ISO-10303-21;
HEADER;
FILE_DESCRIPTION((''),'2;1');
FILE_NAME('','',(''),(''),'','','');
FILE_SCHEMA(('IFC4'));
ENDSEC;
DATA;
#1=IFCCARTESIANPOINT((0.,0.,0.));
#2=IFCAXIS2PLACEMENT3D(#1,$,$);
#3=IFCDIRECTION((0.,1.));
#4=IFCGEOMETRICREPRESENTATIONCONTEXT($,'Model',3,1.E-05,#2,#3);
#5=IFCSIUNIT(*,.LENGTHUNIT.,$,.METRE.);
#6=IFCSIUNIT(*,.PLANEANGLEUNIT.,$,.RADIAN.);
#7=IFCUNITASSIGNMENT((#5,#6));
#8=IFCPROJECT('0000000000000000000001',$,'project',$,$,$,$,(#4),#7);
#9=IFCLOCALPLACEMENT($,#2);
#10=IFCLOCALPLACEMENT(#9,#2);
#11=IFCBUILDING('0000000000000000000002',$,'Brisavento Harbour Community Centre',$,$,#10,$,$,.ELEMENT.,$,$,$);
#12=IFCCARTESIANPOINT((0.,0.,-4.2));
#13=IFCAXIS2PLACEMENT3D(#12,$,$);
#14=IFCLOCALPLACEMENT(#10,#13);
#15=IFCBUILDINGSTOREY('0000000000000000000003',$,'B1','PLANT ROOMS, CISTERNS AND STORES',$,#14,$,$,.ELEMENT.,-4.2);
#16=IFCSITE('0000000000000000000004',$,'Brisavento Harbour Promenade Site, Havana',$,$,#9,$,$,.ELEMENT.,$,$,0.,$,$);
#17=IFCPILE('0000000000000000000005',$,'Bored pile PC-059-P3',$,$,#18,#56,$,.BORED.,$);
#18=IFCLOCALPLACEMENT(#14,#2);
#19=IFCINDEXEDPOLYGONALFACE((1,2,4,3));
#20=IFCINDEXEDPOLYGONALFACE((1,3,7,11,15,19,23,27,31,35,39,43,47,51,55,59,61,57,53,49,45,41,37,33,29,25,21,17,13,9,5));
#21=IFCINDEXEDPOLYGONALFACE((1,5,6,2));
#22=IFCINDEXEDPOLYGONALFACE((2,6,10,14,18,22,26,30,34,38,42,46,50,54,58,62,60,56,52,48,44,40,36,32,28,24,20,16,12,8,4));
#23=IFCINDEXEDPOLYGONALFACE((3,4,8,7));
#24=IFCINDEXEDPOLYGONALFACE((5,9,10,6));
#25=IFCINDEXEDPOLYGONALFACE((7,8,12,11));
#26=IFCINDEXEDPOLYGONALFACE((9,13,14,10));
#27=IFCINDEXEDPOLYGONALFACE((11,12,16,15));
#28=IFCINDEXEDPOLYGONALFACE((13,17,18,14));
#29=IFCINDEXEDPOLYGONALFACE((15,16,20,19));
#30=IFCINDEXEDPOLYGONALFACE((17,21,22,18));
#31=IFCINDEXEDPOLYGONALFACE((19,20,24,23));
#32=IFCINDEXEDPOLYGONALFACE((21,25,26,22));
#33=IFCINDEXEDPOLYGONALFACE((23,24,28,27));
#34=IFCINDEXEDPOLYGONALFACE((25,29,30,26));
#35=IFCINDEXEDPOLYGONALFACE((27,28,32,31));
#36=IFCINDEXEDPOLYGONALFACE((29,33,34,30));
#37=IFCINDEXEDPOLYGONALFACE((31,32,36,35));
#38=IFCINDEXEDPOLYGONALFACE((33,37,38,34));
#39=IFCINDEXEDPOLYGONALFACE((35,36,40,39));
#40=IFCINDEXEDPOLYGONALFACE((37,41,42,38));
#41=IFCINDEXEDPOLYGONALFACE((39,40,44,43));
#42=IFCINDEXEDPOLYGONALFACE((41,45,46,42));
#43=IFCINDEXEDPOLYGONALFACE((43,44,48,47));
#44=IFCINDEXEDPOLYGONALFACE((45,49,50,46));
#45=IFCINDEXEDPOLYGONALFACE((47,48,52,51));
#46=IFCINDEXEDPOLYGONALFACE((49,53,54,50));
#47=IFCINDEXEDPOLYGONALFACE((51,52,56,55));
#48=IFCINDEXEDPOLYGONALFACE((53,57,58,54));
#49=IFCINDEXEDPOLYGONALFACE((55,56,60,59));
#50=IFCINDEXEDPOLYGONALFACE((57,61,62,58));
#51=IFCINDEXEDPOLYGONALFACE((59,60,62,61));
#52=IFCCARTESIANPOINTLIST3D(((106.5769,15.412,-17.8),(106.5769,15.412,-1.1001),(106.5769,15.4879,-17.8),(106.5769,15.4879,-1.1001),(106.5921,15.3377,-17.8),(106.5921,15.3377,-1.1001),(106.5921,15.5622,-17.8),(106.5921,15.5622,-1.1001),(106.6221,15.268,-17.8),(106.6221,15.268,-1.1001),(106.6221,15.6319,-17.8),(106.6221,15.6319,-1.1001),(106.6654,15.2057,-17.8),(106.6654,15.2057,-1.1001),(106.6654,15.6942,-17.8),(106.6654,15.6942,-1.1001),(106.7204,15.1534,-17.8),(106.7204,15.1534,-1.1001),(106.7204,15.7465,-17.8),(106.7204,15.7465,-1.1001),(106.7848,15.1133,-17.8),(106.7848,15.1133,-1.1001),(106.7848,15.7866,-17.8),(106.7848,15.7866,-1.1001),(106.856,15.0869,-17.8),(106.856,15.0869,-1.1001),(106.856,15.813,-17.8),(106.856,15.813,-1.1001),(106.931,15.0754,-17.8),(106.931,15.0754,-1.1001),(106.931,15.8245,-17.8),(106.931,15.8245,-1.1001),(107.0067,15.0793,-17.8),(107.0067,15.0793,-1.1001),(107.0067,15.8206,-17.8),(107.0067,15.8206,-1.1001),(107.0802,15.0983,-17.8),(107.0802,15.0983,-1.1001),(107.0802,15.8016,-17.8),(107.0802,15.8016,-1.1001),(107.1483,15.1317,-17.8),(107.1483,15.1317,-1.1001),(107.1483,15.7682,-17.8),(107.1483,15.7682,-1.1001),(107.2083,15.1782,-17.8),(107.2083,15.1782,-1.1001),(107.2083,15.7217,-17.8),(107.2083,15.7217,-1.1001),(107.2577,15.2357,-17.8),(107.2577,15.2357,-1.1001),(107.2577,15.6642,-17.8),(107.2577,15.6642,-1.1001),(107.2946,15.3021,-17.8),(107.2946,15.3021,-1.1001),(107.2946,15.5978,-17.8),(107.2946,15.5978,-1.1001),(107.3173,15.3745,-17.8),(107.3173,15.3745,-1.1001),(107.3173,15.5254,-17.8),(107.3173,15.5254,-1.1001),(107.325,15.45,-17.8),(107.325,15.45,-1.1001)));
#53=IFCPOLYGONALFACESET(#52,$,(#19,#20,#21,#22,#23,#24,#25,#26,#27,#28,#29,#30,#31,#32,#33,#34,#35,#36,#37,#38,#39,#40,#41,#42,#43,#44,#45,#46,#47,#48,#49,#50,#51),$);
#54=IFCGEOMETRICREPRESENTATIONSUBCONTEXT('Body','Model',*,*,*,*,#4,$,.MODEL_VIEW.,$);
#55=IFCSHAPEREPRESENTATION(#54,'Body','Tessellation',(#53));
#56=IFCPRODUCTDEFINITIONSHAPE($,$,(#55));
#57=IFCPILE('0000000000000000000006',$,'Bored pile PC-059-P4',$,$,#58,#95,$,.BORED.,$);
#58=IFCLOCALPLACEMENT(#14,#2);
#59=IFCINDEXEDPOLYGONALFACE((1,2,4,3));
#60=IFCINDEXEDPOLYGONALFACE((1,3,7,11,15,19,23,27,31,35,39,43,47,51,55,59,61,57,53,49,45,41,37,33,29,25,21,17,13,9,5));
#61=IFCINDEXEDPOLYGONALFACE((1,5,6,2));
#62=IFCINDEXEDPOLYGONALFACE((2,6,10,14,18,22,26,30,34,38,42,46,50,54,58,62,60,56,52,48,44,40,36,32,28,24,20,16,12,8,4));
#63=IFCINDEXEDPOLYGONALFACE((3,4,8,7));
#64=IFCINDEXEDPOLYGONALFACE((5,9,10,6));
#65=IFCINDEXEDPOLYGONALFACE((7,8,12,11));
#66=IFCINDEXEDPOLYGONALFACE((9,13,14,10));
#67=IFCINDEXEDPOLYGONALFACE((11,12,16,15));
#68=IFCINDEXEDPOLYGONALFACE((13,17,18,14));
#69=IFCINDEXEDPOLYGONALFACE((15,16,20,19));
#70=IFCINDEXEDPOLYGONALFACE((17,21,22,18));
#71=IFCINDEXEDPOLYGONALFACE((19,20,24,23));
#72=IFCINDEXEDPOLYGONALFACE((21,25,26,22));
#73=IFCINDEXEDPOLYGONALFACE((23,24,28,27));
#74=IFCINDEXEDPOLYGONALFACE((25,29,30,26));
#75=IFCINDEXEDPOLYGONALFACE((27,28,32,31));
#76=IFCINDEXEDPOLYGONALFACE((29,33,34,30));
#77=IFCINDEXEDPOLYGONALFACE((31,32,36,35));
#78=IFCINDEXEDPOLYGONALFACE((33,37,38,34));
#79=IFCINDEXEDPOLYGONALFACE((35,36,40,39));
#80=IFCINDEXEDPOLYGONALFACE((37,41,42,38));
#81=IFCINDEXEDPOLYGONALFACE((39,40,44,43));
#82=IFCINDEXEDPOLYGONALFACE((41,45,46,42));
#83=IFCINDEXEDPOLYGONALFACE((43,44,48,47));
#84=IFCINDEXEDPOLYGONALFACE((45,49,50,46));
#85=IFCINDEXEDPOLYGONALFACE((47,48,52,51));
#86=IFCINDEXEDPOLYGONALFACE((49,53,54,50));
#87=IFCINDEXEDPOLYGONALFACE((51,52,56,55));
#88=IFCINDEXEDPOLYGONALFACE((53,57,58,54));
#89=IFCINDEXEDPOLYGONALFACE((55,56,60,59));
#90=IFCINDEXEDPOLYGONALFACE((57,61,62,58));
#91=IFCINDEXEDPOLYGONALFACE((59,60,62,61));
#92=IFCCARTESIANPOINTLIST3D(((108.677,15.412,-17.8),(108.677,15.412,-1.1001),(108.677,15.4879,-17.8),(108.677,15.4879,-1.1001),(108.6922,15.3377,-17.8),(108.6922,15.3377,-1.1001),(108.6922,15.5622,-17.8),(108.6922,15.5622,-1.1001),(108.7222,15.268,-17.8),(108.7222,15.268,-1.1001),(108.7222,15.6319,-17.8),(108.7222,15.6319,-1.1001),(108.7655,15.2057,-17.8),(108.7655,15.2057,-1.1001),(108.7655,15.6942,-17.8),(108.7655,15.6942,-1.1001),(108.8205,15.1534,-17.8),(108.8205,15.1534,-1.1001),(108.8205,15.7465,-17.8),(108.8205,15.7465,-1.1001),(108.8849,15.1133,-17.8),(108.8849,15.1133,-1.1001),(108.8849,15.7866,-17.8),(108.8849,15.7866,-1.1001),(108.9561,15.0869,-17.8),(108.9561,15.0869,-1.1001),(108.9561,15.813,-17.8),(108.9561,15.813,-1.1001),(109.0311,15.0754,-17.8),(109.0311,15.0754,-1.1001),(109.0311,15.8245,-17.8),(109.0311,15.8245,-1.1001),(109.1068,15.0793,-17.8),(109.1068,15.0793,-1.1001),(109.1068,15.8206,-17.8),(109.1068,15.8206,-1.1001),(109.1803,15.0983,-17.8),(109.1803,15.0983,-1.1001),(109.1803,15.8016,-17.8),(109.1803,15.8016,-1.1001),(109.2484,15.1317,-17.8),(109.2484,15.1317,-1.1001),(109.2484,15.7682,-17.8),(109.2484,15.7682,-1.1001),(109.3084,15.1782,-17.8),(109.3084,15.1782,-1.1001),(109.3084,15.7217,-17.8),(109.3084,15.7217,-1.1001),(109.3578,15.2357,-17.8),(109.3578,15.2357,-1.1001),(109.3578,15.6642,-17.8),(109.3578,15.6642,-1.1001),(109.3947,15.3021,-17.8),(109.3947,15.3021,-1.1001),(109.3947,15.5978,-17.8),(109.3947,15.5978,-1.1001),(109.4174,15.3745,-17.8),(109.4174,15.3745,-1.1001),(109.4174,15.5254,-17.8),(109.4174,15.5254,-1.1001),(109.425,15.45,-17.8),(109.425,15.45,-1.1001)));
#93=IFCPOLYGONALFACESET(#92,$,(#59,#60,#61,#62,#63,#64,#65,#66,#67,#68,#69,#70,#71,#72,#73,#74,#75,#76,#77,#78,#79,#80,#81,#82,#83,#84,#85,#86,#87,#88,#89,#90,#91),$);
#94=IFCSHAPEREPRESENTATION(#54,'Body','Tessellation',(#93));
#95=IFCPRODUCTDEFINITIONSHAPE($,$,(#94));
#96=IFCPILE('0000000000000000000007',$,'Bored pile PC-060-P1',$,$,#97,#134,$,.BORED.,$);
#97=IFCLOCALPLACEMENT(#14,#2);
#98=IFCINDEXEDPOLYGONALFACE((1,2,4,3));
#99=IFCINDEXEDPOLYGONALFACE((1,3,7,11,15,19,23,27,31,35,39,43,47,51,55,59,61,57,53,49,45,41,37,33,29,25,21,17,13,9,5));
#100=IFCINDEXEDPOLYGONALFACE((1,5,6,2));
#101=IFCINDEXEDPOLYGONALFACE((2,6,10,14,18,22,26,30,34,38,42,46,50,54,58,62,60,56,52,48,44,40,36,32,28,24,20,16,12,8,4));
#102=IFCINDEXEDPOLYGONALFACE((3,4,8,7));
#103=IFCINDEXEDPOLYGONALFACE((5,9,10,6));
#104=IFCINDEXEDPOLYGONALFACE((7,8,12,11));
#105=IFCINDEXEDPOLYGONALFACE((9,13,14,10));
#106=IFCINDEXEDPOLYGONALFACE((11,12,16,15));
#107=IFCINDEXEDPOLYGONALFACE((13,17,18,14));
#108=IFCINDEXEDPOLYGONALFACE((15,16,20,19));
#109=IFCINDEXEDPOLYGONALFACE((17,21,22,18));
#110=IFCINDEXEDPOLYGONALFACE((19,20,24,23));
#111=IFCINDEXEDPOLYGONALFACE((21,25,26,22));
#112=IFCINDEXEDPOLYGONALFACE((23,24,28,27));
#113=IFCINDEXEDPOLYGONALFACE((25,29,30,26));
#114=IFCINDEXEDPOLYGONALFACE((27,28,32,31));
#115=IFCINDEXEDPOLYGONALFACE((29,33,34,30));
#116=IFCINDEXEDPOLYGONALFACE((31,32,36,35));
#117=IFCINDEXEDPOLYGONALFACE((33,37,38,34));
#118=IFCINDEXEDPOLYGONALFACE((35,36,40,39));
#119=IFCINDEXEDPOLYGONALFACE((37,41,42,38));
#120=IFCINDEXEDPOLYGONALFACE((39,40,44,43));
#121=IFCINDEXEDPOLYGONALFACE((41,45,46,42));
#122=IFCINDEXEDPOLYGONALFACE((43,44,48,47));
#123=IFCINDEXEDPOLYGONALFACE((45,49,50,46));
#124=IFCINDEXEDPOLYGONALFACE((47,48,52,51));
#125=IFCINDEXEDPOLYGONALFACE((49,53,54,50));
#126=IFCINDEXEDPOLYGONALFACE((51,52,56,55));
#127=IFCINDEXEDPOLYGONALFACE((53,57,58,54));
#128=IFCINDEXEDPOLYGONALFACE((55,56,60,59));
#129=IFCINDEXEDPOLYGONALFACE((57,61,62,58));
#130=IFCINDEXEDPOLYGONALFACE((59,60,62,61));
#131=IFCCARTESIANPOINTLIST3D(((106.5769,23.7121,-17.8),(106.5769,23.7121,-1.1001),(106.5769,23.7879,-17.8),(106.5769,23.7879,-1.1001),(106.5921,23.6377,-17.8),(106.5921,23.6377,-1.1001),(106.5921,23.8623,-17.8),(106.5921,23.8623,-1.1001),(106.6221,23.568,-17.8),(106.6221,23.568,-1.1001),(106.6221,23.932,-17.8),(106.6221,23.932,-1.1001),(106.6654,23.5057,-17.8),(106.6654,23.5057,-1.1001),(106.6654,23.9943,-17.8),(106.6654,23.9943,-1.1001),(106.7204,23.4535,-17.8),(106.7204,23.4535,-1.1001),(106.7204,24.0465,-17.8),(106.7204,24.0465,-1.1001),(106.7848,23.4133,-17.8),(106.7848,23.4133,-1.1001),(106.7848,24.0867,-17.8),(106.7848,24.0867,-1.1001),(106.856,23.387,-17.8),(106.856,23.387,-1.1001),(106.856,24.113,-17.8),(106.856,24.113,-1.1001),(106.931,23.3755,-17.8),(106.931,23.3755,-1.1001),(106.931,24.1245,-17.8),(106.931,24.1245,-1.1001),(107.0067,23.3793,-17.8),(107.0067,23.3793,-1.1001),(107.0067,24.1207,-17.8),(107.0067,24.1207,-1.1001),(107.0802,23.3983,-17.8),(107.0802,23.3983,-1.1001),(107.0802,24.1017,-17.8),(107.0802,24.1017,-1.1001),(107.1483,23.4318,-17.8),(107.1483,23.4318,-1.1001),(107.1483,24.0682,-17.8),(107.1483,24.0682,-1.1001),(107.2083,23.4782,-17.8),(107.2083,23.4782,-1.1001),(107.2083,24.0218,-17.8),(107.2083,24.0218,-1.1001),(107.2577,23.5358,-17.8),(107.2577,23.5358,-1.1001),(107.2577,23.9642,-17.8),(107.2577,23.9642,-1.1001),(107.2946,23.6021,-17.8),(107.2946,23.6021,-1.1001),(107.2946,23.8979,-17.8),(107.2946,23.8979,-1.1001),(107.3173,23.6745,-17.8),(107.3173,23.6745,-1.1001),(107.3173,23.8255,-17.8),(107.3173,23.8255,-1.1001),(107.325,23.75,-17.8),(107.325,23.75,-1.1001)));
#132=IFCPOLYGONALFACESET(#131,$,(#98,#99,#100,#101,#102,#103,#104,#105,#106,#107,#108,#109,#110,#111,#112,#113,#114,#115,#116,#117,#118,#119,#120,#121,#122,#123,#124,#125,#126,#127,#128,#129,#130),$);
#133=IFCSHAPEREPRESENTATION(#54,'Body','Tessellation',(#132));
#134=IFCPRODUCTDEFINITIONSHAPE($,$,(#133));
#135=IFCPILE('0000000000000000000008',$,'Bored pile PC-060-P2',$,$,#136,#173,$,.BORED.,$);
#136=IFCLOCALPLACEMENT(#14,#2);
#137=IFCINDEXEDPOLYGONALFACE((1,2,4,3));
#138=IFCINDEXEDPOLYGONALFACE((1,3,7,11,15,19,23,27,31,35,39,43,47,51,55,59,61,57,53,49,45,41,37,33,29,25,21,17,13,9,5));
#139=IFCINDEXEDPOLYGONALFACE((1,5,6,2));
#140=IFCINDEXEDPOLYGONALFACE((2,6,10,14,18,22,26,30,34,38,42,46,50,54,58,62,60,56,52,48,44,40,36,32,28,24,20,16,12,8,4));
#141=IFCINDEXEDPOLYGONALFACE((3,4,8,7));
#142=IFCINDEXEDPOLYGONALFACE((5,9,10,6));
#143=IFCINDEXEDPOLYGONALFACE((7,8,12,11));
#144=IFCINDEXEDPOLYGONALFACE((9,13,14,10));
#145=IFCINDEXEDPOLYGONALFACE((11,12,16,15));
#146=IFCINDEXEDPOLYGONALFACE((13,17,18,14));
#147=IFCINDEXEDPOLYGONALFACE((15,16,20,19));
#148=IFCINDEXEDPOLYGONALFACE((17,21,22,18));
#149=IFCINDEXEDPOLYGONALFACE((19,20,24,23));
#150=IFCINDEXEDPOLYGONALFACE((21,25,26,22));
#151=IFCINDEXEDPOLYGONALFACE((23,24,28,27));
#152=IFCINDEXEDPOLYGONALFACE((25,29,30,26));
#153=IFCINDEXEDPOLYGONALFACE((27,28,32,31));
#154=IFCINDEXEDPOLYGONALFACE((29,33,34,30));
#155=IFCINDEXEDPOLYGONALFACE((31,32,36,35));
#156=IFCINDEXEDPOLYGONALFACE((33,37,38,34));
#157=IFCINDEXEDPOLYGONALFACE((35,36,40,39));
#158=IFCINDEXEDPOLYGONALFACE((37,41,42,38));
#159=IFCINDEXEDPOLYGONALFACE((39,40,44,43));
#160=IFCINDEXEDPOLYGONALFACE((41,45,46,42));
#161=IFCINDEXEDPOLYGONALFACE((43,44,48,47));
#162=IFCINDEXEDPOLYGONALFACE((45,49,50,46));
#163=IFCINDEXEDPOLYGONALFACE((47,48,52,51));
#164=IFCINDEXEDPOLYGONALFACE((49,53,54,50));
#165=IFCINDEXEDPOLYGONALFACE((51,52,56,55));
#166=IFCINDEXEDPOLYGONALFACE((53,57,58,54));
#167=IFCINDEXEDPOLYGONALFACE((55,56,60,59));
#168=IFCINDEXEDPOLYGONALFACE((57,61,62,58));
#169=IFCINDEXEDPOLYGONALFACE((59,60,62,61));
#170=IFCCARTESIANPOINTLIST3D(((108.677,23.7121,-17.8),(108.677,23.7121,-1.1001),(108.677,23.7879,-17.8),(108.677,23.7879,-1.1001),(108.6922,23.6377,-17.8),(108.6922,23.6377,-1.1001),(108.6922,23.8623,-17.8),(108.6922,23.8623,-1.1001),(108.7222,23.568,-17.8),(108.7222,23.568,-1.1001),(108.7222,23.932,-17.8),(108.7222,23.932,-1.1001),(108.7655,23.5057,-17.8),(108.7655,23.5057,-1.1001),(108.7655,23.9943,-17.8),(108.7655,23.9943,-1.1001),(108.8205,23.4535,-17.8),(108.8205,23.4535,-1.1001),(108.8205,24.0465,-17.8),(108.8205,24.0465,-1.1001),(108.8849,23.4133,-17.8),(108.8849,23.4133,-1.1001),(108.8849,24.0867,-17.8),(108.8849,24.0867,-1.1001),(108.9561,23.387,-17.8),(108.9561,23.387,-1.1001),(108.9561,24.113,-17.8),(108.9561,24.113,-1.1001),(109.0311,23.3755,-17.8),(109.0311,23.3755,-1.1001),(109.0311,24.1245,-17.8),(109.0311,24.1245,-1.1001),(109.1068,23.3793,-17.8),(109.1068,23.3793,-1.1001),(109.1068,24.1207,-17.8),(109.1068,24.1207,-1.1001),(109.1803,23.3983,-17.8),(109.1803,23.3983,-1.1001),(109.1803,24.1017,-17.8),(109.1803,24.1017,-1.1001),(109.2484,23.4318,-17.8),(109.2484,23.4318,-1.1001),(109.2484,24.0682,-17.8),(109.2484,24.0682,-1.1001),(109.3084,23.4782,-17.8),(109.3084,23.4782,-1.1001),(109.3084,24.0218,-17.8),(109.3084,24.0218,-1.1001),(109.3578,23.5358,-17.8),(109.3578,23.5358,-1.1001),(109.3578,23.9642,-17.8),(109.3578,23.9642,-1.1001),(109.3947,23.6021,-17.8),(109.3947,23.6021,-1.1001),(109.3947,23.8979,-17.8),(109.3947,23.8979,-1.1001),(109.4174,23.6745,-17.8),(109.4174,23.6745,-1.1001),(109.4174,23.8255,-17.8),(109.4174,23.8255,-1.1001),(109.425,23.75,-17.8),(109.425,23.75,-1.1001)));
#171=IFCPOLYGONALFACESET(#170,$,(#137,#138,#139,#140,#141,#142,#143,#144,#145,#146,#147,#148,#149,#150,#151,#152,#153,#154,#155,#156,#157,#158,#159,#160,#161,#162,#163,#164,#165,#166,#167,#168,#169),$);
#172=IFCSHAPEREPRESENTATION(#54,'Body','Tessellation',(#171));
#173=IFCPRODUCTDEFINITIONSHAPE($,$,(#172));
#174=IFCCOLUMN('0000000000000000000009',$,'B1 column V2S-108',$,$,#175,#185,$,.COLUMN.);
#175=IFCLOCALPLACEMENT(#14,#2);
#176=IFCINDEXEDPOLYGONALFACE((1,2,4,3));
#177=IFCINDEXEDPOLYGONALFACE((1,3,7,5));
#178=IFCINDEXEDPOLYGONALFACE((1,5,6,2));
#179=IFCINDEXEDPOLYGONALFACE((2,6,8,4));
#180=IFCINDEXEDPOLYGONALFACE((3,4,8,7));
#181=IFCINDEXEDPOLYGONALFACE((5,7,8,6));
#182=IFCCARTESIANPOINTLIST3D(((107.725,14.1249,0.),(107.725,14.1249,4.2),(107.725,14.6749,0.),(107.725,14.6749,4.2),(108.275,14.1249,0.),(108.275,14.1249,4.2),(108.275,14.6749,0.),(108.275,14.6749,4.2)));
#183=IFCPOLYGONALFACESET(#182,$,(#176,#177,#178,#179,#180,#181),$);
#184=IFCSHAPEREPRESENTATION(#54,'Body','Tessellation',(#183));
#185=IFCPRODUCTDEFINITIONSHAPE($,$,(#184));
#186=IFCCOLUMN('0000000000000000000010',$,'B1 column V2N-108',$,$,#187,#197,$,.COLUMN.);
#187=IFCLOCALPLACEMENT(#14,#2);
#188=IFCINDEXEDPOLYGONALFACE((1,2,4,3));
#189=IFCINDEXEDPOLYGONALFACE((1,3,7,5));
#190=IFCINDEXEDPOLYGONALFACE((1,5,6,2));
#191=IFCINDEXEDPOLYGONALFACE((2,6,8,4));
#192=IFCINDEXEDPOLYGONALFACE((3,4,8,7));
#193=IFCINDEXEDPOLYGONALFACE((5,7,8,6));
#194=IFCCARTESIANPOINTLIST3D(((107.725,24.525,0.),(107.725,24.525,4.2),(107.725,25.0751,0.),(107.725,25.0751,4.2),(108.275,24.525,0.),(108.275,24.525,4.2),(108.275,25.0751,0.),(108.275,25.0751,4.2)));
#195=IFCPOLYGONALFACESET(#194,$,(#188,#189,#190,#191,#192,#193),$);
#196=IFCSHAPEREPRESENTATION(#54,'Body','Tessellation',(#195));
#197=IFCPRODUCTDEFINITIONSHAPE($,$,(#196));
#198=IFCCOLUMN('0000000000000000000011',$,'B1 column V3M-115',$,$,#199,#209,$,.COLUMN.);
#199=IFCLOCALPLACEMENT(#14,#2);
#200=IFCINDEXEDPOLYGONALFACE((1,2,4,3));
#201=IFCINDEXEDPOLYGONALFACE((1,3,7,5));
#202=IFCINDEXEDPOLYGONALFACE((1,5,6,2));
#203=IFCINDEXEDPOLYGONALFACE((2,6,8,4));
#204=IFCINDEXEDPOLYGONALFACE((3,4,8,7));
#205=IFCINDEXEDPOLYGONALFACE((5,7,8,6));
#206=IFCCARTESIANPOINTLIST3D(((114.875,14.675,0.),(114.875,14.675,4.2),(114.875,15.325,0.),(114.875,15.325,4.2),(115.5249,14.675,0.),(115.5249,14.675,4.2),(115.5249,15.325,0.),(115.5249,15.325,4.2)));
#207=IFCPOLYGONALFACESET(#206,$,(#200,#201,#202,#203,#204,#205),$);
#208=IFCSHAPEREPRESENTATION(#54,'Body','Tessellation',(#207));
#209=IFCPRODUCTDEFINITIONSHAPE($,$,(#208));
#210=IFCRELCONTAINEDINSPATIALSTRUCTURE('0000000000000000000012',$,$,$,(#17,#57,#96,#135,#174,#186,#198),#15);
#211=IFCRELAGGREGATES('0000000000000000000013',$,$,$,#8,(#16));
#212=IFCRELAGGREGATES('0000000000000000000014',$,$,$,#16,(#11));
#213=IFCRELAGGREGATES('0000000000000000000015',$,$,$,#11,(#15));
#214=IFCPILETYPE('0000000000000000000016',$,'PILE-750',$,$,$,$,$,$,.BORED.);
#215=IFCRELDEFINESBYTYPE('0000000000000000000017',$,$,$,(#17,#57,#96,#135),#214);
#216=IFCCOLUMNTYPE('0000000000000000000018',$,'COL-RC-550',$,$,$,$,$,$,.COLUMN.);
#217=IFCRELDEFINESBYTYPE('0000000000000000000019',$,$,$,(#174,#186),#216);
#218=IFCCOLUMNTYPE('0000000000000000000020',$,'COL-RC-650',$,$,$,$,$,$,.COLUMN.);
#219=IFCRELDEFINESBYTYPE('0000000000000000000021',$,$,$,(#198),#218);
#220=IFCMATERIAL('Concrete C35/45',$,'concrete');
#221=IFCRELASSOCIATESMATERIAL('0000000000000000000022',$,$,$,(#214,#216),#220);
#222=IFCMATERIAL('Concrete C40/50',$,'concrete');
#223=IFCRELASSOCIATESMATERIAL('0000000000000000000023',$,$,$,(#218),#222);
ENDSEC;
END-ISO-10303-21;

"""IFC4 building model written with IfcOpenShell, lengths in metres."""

from ifc_helpers import new_model, si_unit, direction, frame, origin, origin_2d, place, context, subcontext, project, spatial, rectangle, circle, extrude, material, material_profile, profile_set, type_object, element, save


model = new_model("IFC4")

# Units and contexts
model_context = context("Model", 3, precision=1e-05, world=origin(), true_north=direction((0.0, 1.0)))
body_context = subcontext(model_context, "Body", "Model", "MODEL_VIEW")
ifc_project = project(units=[si_unit("LENGTHUNIT", "METRE"), si_unit("PLANEANGLEUNIT", "RADIAN")], contexts=[model_context])

# Site, building, storey
site_placement = place(None, origin())
site = spatial("IfcSite", under=ifc_project, at=site_placement, Name="Brisavento Harbour Promenade Site, Havana", CompositionType="ELEMENT", RefElevation=0.0)
building_placement = place(site_placement, origin())
building = spatial("IfcBuilding", under=site, at=building_placement, Name="Brisavento Harbour Community Centre", CompositionType="ELEMENT")
storey_placement = place(building_placement, frame((0.0, 0.0, -4.2)))
storey = spatial("IfcBuildingStorey", under=building, at=storey_placement, Name="B1", Description="PLANT ROOMS, CISTERNS AND STORES", CompositionType="ELEMENT", Elevation=-4.2)

# Shared definitions
ifc_material_1 = material(Name="Concrete C35/45", Category="concrete")

# Piles
ifc_material_profile_1 = material_profile(ifc_material_1, circle(Radius=0.375, at=origin_2d()), Name="Concrete C35/45")
ifc_profile_set_1 = profile_set([ifc_material_profile_1], Name="Concrete C35/45")
pile_type = type_object("IfcPileType", Name="PILE-750", PredefinedType="BORED", material=ifc_profile_set_1)
for number, where, z_axis, x_axis, name in (
    (1, (106.95, 15.45, -1.1001), (0.0, 0.0, -1.0), (1.0, 0.0, 0.0), "Bored pile PC-059-P3"),
    (2, (109.05, 15.45, -1.1001), (0.0, 0.0, -1.0), (1.0, 0.0, 0.0), "Bored pile PC-059-P4"),
    (3, (106.95, 23.75, -1.1001), (0.0, 0.0, -1.0), (1.0, 0.0, 0.0), "Bored pile PC-060-P1"),
    (4, (109.05, 23.75, -1.1001), (0.0, 0.0, -1.0), (1.0, 0.0, 0.0), "Bored pile PC-060-P2"),
):
    element("IfcPile", number, at=place(storey_placement, frame(where, z_axis=z_axis, x_axis=x_axis)), inside=storey, type_object=pile_type, Name=name, PredefinedType="BORED", context=body_context, shape_type="SweptSolid", body=[
        extrude(circle(Radius=0.375, at=origin_2d()), origin(), (0.0, 0.0, 1.0), 16.7),
    ])

# Columns
ifc_material_profile_2 = material_profile(ifc_material_1, rectangle(XDim=0.55, YDim=0.55, at=origin_2d()), Name="Concrete C35/45")
ifc_profile_set_2 = profile_set([ifc_material_profile_2], Name="Concrete C35/45")
column_type_1 = type_object("IfcColumnType", Name="COL-RC-550", PredefinedType="COLUMN", material=ifc_profile_set_2)
for number, where, z_axis, x_axis, name in (
    (5, (108.0, 14.3999, 0.0), (0.0, 0.0, 1.0), (1.0, 0.0, 0.0), "B1 column V2S-108"),
    (6, (108.0, 24.8, 0.0), (0.0, 0.0, 1.0), (1.0, 0.0, 0.0), "B1 column V2N-108"),
):
    element("IfcColumn", number, at=place(storey_placement, frame(where, z_axis=z_axis, x_axis=x_axis)), inside=storey, type_object=column_type_1, Name=name, PredefinedType="COLUMN", context=body_context, shape_type="SweptSolid", body=[
        extrude(rectangle(XDim=0.55, YDim=0.55, at=origin_2d()), origin(), (0.0, 0.0, 1.0), 4.2),
    ])
ifc_material_2 = material(Name="Concrete C40/50", Category="concrete")
ifc_material_profile_3 = material_profile(ifc_material_2, rectangle(XDim=0.6499, YDim=0.6499, at=origin_2d()), Name="Concrete C40/50")
ifc_profile_set_3 = profile_set([ifc_material_profile_3], Name="Concrete C40/50")
column_type_2 = type_object("IfcColumnType", Name="COL-RC-650", PredefinedType="COLUMN", material=ifc_profile_set_3)
for number, where, z_axis, x_axis, name in (
    (7, (115.2, 15.0, 0.0), (0.0, 0.0, 1.0), (1.0, 0.0, 0.0), "B1 column V3M-115"),
):
    element("IfcColumn", number, at=place(storey_placement, frame(where, z_axis=z_axis, x_axis=x_axis)), inside=storey, type_object=column_type_2, Name=name, PredefinedType="COLUMN", context=body_context, shape_type="SweptSolid", body=[
        extrude(rectangle(XDim=0.6499, YDim=0.6499, at=origin_2d()), origin(), (0.0, 0.0, 1.0), 4.2),
    ])

save(model, "model.ifc")
